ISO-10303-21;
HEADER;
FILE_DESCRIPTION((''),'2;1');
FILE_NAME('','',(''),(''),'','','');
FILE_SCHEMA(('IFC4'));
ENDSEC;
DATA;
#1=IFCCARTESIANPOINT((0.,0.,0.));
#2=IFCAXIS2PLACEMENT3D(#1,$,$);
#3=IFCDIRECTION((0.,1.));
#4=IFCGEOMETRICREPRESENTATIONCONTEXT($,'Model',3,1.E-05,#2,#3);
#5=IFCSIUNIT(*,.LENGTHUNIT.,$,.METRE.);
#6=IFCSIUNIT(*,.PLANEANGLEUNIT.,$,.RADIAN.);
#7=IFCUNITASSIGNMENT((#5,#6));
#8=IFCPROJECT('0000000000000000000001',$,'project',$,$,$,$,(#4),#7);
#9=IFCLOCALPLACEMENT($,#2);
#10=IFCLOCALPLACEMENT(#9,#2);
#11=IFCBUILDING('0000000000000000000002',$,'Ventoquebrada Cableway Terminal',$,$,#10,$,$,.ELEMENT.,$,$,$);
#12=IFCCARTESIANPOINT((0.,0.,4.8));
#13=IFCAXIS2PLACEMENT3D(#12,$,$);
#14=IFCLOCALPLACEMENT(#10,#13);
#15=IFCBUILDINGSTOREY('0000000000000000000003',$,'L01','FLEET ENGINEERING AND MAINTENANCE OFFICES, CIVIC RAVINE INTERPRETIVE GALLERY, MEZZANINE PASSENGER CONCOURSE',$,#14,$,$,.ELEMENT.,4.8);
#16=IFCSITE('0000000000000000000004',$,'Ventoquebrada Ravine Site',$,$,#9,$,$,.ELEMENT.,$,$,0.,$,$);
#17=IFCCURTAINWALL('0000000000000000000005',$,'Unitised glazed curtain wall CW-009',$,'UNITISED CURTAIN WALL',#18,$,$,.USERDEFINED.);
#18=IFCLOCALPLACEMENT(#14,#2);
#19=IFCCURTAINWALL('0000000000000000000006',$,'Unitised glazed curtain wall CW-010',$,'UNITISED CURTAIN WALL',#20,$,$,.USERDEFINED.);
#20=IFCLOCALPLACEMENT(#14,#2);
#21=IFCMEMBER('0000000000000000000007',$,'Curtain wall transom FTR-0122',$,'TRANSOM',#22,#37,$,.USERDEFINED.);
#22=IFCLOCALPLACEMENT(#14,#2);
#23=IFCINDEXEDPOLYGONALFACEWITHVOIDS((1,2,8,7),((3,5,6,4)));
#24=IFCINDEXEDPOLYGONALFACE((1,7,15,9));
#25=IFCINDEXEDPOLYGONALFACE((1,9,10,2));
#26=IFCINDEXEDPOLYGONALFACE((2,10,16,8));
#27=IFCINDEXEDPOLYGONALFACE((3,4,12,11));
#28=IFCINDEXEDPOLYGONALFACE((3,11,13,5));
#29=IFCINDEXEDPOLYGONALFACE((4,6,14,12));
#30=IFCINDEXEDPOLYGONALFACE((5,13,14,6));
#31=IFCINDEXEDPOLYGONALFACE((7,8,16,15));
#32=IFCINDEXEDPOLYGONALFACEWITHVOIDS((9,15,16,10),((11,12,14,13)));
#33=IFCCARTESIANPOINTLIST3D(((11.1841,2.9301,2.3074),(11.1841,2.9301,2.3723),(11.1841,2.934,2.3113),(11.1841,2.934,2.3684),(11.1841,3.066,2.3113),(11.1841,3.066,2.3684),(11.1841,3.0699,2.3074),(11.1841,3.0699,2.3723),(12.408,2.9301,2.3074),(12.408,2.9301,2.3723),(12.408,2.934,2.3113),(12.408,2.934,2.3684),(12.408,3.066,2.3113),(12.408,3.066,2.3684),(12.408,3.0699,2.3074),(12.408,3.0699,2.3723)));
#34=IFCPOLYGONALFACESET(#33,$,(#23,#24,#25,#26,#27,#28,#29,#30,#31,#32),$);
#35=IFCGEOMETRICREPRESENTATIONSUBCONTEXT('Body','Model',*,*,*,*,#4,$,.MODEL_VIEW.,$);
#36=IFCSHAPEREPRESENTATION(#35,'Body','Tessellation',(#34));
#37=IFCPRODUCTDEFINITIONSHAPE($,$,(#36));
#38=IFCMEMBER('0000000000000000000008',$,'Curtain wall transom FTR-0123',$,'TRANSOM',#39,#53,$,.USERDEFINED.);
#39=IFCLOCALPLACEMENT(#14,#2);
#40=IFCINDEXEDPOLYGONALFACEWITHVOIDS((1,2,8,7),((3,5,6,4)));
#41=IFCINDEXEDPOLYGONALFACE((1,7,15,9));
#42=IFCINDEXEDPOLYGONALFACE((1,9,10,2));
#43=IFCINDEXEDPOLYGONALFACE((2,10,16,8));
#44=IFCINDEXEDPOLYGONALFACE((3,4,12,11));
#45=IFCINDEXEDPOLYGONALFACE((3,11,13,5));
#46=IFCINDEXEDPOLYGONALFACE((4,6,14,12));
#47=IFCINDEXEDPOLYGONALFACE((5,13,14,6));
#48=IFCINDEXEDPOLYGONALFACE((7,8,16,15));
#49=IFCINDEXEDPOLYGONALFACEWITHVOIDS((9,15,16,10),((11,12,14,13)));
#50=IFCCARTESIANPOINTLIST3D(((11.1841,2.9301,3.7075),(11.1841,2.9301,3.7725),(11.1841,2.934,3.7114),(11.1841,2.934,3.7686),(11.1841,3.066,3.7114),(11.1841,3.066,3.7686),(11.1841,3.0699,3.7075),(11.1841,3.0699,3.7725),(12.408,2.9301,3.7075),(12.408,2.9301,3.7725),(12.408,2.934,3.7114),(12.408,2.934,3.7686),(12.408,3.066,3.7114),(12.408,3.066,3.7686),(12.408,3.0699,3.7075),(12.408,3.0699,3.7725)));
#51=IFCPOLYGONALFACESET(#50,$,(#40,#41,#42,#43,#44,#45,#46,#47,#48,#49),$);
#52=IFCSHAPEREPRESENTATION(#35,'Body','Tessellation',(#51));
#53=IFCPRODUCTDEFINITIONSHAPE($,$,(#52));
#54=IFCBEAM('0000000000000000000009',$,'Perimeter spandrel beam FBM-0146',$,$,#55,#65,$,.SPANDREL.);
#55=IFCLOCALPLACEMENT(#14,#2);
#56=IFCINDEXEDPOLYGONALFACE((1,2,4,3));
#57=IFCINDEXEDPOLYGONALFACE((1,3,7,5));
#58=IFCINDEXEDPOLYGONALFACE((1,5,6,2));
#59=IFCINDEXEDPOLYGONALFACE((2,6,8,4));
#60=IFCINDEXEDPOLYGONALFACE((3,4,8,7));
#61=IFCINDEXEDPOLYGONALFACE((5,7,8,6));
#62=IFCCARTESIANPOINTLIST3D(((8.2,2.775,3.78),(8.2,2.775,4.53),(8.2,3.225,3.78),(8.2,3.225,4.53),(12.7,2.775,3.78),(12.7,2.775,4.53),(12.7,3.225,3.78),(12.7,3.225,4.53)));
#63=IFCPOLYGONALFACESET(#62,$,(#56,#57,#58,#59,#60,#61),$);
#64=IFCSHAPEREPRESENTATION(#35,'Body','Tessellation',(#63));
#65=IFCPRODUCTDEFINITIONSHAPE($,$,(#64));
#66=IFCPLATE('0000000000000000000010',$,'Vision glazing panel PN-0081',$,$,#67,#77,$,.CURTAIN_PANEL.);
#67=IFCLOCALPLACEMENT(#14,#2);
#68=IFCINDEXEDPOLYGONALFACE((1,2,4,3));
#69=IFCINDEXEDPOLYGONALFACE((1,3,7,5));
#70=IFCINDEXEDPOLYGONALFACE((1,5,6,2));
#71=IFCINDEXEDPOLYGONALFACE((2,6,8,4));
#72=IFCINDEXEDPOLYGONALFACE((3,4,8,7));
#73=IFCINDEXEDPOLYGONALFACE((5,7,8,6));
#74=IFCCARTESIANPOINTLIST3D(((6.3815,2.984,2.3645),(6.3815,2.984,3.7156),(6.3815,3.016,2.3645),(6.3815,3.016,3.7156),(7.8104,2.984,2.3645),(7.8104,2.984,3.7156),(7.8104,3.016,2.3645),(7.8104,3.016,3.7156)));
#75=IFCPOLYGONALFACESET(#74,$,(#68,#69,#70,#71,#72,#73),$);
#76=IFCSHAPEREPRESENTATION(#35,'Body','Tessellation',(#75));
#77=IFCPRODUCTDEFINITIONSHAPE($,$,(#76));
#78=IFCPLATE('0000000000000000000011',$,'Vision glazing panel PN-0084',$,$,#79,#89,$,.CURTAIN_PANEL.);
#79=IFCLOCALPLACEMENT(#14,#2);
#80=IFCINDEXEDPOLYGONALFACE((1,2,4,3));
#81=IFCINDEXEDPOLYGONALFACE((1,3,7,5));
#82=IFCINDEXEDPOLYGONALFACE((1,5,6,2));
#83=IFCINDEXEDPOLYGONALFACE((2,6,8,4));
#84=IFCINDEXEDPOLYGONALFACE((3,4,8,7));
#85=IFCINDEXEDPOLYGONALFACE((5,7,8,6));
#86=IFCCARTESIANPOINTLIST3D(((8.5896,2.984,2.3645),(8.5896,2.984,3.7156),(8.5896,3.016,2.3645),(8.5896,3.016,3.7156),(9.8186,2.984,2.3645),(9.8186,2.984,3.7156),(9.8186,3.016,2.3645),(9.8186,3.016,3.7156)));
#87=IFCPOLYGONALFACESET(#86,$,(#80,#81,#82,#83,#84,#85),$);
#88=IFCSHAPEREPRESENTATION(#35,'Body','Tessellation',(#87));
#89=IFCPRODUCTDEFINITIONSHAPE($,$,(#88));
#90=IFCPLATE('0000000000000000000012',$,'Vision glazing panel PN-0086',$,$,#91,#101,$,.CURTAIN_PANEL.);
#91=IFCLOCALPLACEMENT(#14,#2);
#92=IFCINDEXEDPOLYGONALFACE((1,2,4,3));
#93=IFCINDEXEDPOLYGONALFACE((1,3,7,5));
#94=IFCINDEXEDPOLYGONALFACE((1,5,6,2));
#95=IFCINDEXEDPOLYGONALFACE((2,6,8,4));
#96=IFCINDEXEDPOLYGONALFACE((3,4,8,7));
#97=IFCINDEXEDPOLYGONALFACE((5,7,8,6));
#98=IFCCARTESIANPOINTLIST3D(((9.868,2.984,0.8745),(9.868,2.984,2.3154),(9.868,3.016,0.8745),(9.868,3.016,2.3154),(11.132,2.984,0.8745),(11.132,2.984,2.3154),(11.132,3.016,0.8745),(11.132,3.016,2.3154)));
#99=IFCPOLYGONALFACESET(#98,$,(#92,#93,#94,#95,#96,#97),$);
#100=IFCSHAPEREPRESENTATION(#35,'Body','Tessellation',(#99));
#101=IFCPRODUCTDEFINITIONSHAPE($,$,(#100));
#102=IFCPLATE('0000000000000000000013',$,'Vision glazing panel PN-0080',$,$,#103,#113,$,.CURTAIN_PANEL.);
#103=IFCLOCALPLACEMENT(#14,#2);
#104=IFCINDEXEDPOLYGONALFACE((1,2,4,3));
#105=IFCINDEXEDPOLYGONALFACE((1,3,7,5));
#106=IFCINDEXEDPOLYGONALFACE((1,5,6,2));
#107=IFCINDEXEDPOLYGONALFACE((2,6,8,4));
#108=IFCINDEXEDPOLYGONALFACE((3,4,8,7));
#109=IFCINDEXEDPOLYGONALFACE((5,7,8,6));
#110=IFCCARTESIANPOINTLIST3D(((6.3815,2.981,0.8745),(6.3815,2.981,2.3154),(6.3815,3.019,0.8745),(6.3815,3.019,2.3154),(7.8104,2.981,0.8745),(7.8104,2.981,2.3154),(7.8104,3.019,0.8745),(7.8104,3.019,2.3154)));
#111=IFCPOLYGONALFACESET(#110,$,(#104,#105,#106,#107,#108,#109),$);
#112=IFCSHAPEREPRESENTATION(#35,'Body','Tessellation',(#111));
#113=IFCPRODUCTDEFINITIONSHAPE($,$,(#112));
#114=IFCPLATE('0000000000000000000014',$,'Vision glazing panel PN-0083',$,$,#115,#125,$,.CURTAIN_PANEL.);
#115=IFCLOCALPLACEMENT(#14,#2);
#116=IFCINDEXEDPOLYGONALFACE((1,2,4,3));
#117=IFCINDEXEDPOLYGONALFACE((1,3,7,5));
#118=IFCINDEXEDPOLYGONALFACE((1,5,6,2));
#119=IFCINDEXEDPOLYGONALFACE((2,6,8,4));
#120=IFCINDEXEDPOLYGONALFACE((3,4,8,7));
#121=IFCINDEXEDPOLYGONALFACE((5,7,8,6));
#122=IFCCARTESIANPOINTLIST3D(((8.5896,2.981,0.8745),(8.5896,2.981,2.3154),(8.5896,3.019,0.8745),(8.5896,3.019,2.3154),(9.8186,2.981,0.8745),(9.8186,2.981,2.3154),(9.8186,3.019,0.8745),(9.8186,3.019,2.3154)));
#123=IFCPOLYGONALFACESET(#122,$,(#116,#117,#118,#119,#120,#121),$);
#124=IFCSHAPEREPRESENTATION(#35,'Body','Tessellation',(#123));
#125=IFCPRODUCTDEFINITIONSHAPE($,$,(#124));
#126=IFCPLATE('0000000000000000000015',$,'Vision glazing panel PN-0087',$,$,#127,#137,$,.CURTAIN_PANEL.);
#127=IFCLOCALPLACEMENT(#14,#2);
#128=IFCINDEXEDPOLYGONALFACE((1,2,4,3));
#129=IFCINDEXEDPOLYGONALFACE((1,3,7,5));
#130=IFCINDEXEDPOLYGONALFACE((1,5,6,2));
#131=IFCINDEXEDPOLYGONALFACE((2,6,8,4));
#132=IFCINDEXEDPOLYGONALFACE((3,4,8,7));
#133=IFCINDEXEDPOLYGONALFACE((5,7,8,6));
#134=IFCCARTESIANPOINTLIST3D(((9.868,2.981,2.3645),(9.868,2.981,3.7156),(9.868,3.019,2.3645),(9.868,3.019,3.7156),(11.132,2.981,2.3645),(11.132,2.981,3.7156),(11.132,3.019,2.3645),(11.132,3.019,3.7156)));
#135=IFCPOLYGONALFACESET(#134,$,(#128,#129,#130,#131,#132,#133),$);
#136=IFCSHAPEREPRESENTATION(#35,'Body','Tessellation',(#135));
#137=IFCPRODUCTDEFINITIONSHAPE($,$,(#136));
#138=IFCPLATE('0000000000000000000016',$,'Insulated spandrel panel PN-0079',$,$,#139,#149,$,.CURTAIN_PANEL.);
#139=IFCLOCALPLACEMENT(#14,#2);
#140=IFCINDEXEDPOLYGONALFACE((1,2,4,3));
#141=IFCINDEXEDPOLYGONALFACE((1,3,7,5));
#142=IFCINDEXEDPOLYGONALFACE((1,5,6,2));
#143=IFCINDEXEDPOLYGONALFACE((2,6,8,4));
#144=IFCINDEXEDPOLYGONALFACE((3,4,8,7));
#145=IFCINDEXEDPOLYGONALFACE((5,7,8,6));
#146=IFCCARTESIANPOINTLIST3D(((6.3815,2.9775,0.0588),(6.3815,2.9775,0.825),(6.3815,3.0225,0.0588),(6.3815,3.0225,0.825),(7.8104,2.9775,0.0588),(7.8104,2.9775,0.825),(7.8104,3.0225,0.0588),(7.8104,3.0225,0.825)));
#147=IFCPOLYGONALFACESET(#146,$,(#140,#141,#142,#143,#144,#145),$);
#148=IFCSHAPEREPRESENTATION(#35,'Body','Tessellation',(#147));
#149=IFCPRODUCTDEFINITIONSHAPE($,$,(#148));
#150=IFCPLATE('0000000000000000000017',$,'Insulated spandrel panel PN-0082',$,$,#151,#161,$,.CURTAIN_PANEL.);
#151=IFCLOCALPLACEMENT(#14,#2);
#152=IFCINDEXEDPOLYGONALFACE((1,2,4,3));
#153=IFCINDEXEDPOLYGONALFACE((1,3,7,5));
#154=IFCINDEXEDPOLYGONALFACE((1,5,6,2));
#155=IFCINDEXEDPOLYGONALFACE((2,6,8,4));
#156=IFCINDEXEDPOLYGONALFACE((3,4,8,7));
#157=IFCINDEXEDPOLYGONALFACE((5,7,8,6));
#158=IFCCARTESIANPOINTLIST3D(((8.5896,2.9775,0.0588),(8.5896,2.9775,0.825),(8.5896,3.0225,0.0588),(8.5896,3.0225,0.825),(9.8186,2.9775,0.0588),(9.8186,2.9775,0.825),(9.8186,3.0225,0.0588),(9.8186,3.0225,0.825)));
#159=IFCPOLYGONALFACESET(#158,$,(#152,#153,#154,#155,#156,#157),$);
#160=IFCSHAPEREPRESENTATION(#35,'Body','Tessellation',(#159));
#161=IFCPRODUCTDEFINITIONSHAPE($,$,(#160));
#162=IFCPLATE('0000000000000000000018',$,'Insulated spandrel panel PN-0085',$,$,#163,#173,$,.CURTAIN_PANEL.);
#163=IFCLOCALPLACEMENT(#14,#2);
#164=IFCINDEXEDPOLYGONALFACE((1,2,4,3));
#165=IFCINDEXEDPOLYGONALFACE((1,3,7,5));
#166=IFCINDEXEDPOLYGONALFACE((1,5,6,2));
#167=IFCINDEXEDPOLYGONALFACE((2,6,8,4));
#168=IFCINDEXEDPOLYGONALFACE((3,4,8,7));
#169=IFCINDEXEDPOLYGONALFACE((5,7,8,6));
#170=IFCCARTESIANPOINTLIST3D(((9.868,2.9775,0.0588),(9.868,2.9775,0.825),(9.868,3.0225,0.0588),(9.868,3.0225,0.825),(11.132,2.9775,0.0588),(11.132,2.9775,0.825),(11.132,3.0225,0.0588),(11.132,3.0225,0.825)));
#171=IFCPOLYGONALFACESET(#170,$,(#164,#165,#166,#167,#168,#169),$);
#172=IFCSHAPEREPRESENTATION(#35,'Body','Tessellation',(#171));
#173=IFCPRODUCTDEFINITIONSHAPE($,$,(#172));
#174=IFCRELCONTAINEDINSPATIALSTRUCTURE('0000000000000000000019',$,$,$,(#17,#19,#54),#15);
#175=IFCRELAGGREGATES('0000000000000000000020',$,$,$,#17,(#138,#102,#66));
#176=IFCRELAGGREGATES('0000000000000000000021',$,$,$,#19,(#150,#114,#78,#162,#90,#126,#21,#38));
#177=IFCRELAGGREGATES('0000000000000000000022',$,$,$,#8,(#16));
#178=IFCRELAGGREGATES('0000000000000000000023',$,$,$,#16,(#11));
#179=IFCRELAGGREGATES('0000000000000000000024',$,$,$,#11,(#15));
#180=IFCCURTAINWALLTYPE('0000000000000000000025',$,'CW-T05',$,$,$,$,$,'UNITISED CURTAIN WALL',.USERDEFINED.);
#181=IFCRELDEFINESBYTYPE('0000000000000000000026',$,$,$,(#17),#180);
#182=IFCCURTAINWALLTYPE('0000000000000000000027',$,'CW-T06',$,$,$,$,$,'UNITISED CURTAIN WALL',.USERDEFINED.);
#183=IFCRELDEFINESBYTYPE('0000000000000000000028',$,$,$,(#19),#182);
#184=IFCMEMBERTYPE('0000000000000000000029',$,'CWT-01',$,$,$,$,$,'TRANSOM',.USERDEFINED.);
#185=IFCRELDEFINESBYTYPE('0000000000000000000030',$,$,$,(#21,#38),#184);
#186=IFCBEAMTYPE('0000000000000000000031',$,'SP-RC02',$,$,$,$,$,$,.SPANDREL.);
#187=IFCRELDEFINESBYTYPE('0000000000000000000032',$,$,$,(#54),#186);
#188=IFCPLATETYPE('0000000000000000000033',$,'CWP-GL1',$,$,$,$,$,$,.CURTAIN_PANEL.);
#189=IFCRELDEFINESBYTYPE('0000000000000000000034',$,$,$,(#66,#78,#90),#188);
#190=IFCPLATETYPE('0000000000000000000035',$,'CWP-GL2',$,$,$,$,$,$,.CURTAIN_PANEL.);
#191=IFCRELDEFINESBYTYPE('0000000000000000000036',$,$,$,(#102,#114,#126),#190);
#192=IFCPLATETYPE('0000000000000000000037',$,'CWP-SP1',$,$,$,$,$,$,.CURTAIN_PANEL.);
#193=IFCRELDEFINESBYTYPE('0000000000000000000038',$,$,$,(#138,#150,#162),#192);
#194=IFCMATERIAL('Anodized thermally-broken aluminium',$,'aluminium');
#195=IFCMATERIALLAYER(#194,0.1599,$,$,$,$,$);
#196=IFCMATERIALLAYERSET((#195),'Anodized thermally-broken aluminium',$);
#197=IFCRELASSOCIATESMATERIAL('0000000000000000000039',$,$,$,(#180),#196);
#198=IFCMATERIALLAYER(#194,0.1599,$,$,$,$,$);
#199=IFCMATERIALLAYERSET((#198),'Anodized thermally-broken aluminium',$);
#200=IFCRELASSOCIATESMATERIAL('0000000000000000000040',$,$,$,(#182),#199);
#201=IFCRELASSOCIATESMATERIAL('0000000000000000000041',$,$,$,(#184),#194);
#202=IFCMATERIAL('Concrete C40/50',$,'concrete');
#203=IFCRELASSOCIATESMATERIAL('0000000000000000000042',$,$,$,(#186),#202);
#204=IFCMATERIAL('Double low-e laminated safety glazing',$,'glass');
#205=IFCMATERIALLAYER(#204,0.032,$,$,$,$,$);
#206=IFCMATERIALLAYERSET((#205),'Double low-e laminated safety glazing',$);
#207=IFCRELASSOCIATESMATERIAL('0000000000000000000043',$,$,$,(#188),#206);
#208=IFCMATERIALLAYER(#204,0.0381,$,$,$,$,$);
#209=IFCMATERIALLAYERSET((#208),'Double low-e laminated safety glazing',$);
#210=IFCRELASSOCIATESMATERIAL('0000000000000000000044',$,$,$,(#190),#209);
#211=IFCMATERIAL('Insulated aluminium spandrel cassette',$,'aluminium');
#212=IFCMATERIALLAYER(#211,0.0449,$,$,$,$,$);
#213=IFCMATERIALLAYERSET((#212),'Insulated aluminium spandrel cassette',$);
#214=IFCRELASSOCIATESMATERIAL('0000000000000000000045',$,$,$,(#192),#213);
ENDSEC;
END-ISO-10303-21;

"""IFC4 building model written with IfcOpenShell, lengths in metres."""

from ifc_helpers import new_model, si_unit, direction, frame, origin, origin_2d, place, context, subcontext, project, spatial, rectangle, hollow_rectangle, extrude, material, layer, layer_set, material_profile, profile_set, type_object, element, aggregate, save


model = new_model("IFC4")

# Units and contexts
model_context = context("Model", 3, precision=1e-05, world=origin(), true_north=direction((0.0, 1.0)))
body_context = subcontext(model_context, "Body", "Model", "MODEL_VIEW")
ifc_project = project(units=[si_unit("LENGTHUNIT", "METRE"), si_unit("PLANEANGLEUNIT", "RADIAN")], contexts=[model_context])

# Site, building, storey
site_placement = place(None, origin())
site = spatial("IfcSite", under=ifc_project, at=site_placement, Name="Ventoquebrada Ravine Site", CompositionType="ELEMENT", RefElevation=0.0)
building_placement = place(site_placement, origin())
building = spatial("IfcBuilding", under=site, at=building_placement, Name="Ventoquebrada Cableway Terminal", CompositionType="ELEMENT")
storey_placement = place(building_placement, frame((0.0, 0.0, 4.8)))
storey = spatial("IfcBuildingStorey", under=building, at=storey_placement, Name="L01", Description="FLEET ENGINEERING AND MAINTENANCE OFFICES, CIVIC RAVINE INTERPRETIVE GALLERY, MEZZANINE PASSENGER CONCOURSE", CompositionType="ELEMENT", Elevation=4.8)

# Shared definitions
ifc_material_1 = material(Name="Concrete C40/50", Category="concrete")

# Curtain walls
ifc_material_2 = material(Name="Anodized thermally-broken aluminium", Category="aluminium")
ifc_layer_1 = layer(ifc_material_2, 0.1599)
ifc_layer_set_1 = layer_set([ifc_layer_1], Name="Anodized thermally-broken aluminium")
curtain_wall_type_1 = type_object("IfcCurtainWallType", Name="CW-T05", ElementType="UNITISED CURTAIN WALL", PredefinedType="USERDEFINED", material=ifc_layer_set_1)
curtain_wall_1_placement = place(storey_placement, origin())
curtain_wall_1 = element("IfcCurtainWall", 1, at=curtain_wall_1_placement, inside=storey, type_object=curtain_wall_type_1, Name="Unitised glazed curtain wall CW-009", ObjectType="UNITISED CURTAIN WALL", PredefinedType="USERDEFINED")
ifc_layer_2 = layer(ifc_material_2, 0.1599)
ifc_layer_set_2 = layer_set([ifc_layer_2], Name="Anodized thermally-broken aluminium")
curtain_wall_type_2 = type_object("IfcCurtainWallType", Name="CW-T06", ElementType="UNITISED CURTAIN WALL", PredefinedType="USERDEFINED", material=ifc_layer_set_2)
curtain_wall_2_placement = place(storey_placement, origin())
curtain_wall_2 = element("IfcCurtainWall", 2, at=curtain_wall_2_placement, inside=storey, type_object=curtain_wall_type_2, Name="Unitised glazed curtain wall CW-010", ObjectType="UNITISED CURTAIN WALL", PredefinedType="USERDEFINED")

# Members
ifc_material_profile_1 = material_profile(ifc_material_2, hollow_rectangle(XDim=0.0649, YDim=0.1399, WallThickness=0.0039, at=origin_2d()), Name="CW-TRN-65X140")
ifc_profile_set_1 = profile_set([ifc_material_profile_1], Name="Anodized thermally-broken aluminium")
member_type_1 = type_object("IfcMemberType", Name="CWT-01", ElementType="TRANSOM", PredefinedType="USERDEFINED", material=ifc_profile_set_1)
member_1_placement = place(storey_placement, frame((11.1841, 3.0, 2.3398), z_axis=(1.0, 0.0, 0.0), x_axis=(0.0, 0.0, 1.0)))
member_1 = element("IfcMember", 3, at=member_1_placement, type_object=member_type_1, Name="Curtain wall transom FTR-0122", ObjectType="TRANSOM", PredefinedType="USERDEFINED", context=body_context, shape_type="SweptSolid", body=[
    extrude(hollow_rectangle(XDim=0.0649, YDim=0.1399, WallThickness=0.0039, at=origin_2d()), origin(), (0.0, 0.0, 1.0), 1.2239),
])
member_2_placement = place(storey_placement, frame((11.1841, 3.0, 3.74), z_axis=(1.0, 0.0, 0.0), x_axis=(0.0, 0.0, 1.0)))
member_2 = element("IfcMember", 4, at=member_2_placement, type_object=member_type_1, Name="Curtain wall transom FTR-0123", ObjectType="TRANSOM", PredefinedType="USERDEFINED", context=body_context, shape_type="SweptSolid", body=[
    extrude(hollow_rectangle(XDim=0.0649, YDim=0.1399, WallThickness=0.0039, at=origin_2d()), origin(), (0.0, 0.0, 1.0), 1.2239),
])

# Beam
ifc_material_profile_2 = material_profile(ifc_material_1, rectangle(XDim=0.45, YDim=0.75, at=origin_2d()), Name="RC-BM-450X750")
ifc_profile_set_2 = profile_set([ifc_material_profile_2], Name="Concrete C40/50")
beam_type_1 = type_object("IfcBeamType", Name="SP-RC02", PredefinedType="SPANDREL", material=ifc_profile_set_2)
beam_1_placement = place(storey_placement, frame((8.2, 3.0, 4.155), z_axis=(1.0, 0.0, 0.0), x_axis=(0.0, 1.0, 0.0)))
element("IfcBeam", 5, at=beam_1_placement, inside=storey, type_object=beam_type_1, Name="Perimeter spandrel beam FBM-0146", PredefinedType="SPANDREL", context=body_context, shape_type="SweptSolid", body=[
    extrude(rectangle(XDim=0.45, YDim=0.75, at=origin_2d()), origin(), (0.0, 0.0, 1.0), 4.5),
])

# Plates
ifc_material_3 = material(Name="Double low-e laminated safety glazing", Category="glass")
ifc_layer_3 = layer(ifc_material_3, 0.032)
ifc_layer_set_3 = layer_set([ifc_layer_3], Name="Double low-e laminated safety glazing")
plate_type_1 = type_object("IfcPlateType", Name="CWP-GL1", PredefinedType="CURTAIN_PANEL", material=ifc_layer_set_3)
plate_1_placement = place(storey_placement, frame((7.0959, 3.0, 2.3645), z_axis=(0.0, 0.0, 1.0), x_axis=(1.0, 0.0, 0.0)))
plate_1 = element("IfcPlate", 6, at=plate_1_placement, type_object=plate_type_1, Name="Vision glazing panel PN-0081", PredefinedType="CURTAIN_PANEL", context=body_context, shape_type="SweptSolid", body=[
    extrude(rectangle(XDim=1.429, YDim=0.032, at=origin_2d()), origin(), (0.0, 0.0, 1.0), 1.3511),
])
plate_2_placement = place(storey_placement, frame((9.2041, 3.0, 2.3645), z_axis=(0.0, 0.0, 1.0), x_axis=(1.0, 0.0, 0.0)))
plate_2 = element("IfcPlate", 7, at=plate_2_placement, type_object=plate_type_1, Name="Vision glazing panel PN-0084", PredefinedType="CURTAIN_PANEL", context=body_context, shape_type="SweptSolid", body=[
    extrude(rectangle(XDim=1.229, YDim=0.032, at=origin_2d()), origin(), (0.0, 0.0, 1.0), 1.3511),
])
plate_3_placement = place(storey_placement, frame((10.5, 3.0, 0.8745), z_axis=(0.0, 0.0, 1.0), x_axis=(1.0, 0.0, 0.0)))
plate_3 = element("IfcPlate", 8, at=plate_3_placement, type_object=plate_type_1, Name="Vision glazing panel PN-0086", PredefinedType="CURTAIN_PANEL", context=body_context, shape_type="SweptSolid", body=[
    extrude(rectangle(XDim=1.2639, YDim=0.032, at=origin_2d()), origin(), (0.0, 0.0, 1.0), 1.4409),
])
ifc_layer_4 = layer(ifc_material_3, 0.0381)
ifc_layer_set_4 = layer_set([ifc_layer_4], Name="Double low-e laminated safety glazing")
plate_type_2 = type_object("IfcPlateType", Name="CWP-GL2", PredefinedType="CURTAIN_PANEL", material=ifc_layer_set_4)
plate_4_placement = place(storey_placement, frame((7.0959, 3.0, 0.8745), z_axis=(0.0, 0.0, 1.0), x_axis=(1.0, 0.0, 0.0)))
plate_4 = element("IfcPlate", 9, at=plate_4_placement, type_object=plate_type_2, Name="Vision glazing panel PN-0080", PredefinedType="CURTAIN_PANEL", context=body_context, shape_type="SweptSolid", body=[
    extrude(rectangle(XDim=1.429, YDim=0.0381, at=origin_2d()), origin(), (0.0, 0.0, 1.0), 1.4409),
])
plate_5_placement = place(storey_placement, frame((9.2041, 3.0, 0.8745), z_axis=(0.0, 0.0, 1.0), x_axis=(1.0, 0.0, 0.0)))
plate_5 = element("IfcPlate", 10, at=plate_5_placement, type_object=plate_type_2, Name="Vision glazing panel PN-0083", PredefinedType="CURTAIN_PANEL", context=body_context, shape_type="SweptSolid", body=[
    extrude(rectangle(XDim=1.229, YDim=0.0381, at=origin_2d()), origin(), (0.0, 0.0, 1.0), 1.4409),
])
plate_6_placement = place(storey_placement, frame((10.5, 3.0, 2.3645), z_axis=(0.0, 0.0, 1.0), x_axis=(1.0, 0.0, 0.0)))
plate_6 = element("IfcPlate", 11, at=plate_6_placement, type_object=plate_type_2, Name="Vision glazing panel PN-0087", PredefinedType="CURTAIN_PANEL", context=body_context, shape_type="SweptSolid", body=[
    extrude(rectangle(XDim=1.2639, YDim=0.0381, at=origin_2d()), origin(), (0.0, 0.0, 1.0), 1.3511),
])
ifc_material_4 = material(Name="Insulated aluminium spandrel cassette", Category="aluminium")
ifc_layer_5 = layer(ifc_material_4, 0.0449)
ifc_layer_set_5 = layer_set([ifc_layer_5], Name="Insulated aluminium spandrel cassette")
plate_type_3 = type_object("IfcPlateType", Name="CWP-SP1", PredefinedType="CURTAIN_PANEL", material=ifc_layer_set_5)
plate_7_placement = place(storey_placement, frame((7.0959, 3.0, 0.0588), z_axis=(0.0, 0.0, 1.0), x_axis=(1.0, 0.0, 0.0)))
plate_7 = element("IfcPlate", 12, at=plate_7_placement, type_object=plate_type_3, Name="Insulated spandrel panel PN-0079", PredefinedType="CURTAIN_PANEL", context=body_context, shape_type="SweptSolid", body=[
    extrude(rectangle(XDim=1.429, YDim=0.0449, at=origin_2d()), origin(), (0.0, 0.0, 1.0), 0.7661),
])
aggregate(curtain_wall_1, [plate_7, plate_4, plate_1])
plate_8_placement = place(storey_placement, frame((9.2041, 3.0, 0.0588), z_axis=(0.0, 0.0, 1.0), x_axis=(1.0, 0.0, 0.0)))
plate_8 = element("IfcPlate", 13, at=plate_8_placement, type_object=plate_type_3, Name="Insulated spandrel panel PN-0082", PredefinedType="CURTAIN_PANEL", context=body_context, shape_type="SweptSolid", body=[
    extrude(rectangle(XDim=1.229, YDim=0.0449, at=origin_2d()), origin(), (0.0, 0.0, 1.0), 0.7661),
])
plate_9_placement = place(storey_placement, frame((10.5, 3.0, 0.0588), z_axis=(0.0, 0.0, 1.0), x_axis=(1.0, 0.0, 0.0)))
plate_9 = element("IfcPlate", 14, at=plate_9_placement, type_object=plate_type_3, Name="Insulated spandrel panel PN-0085", PredefinedType="CURTAIN_PANEL", context=body_context, shape_type="SweptSolid", body=[
    extrude(rectangle(XDim=1.2639, YDim=0.0449, at=origin_2d()), origin(), (0.0, 0.0, 1.0), 0.7661),
])
aggregate(curtain_wall_2, [plate_8, plate_5, plate_2, plate_9, plate_3, plate_6, member_1, member_2])

save(model, "model.ifc")
